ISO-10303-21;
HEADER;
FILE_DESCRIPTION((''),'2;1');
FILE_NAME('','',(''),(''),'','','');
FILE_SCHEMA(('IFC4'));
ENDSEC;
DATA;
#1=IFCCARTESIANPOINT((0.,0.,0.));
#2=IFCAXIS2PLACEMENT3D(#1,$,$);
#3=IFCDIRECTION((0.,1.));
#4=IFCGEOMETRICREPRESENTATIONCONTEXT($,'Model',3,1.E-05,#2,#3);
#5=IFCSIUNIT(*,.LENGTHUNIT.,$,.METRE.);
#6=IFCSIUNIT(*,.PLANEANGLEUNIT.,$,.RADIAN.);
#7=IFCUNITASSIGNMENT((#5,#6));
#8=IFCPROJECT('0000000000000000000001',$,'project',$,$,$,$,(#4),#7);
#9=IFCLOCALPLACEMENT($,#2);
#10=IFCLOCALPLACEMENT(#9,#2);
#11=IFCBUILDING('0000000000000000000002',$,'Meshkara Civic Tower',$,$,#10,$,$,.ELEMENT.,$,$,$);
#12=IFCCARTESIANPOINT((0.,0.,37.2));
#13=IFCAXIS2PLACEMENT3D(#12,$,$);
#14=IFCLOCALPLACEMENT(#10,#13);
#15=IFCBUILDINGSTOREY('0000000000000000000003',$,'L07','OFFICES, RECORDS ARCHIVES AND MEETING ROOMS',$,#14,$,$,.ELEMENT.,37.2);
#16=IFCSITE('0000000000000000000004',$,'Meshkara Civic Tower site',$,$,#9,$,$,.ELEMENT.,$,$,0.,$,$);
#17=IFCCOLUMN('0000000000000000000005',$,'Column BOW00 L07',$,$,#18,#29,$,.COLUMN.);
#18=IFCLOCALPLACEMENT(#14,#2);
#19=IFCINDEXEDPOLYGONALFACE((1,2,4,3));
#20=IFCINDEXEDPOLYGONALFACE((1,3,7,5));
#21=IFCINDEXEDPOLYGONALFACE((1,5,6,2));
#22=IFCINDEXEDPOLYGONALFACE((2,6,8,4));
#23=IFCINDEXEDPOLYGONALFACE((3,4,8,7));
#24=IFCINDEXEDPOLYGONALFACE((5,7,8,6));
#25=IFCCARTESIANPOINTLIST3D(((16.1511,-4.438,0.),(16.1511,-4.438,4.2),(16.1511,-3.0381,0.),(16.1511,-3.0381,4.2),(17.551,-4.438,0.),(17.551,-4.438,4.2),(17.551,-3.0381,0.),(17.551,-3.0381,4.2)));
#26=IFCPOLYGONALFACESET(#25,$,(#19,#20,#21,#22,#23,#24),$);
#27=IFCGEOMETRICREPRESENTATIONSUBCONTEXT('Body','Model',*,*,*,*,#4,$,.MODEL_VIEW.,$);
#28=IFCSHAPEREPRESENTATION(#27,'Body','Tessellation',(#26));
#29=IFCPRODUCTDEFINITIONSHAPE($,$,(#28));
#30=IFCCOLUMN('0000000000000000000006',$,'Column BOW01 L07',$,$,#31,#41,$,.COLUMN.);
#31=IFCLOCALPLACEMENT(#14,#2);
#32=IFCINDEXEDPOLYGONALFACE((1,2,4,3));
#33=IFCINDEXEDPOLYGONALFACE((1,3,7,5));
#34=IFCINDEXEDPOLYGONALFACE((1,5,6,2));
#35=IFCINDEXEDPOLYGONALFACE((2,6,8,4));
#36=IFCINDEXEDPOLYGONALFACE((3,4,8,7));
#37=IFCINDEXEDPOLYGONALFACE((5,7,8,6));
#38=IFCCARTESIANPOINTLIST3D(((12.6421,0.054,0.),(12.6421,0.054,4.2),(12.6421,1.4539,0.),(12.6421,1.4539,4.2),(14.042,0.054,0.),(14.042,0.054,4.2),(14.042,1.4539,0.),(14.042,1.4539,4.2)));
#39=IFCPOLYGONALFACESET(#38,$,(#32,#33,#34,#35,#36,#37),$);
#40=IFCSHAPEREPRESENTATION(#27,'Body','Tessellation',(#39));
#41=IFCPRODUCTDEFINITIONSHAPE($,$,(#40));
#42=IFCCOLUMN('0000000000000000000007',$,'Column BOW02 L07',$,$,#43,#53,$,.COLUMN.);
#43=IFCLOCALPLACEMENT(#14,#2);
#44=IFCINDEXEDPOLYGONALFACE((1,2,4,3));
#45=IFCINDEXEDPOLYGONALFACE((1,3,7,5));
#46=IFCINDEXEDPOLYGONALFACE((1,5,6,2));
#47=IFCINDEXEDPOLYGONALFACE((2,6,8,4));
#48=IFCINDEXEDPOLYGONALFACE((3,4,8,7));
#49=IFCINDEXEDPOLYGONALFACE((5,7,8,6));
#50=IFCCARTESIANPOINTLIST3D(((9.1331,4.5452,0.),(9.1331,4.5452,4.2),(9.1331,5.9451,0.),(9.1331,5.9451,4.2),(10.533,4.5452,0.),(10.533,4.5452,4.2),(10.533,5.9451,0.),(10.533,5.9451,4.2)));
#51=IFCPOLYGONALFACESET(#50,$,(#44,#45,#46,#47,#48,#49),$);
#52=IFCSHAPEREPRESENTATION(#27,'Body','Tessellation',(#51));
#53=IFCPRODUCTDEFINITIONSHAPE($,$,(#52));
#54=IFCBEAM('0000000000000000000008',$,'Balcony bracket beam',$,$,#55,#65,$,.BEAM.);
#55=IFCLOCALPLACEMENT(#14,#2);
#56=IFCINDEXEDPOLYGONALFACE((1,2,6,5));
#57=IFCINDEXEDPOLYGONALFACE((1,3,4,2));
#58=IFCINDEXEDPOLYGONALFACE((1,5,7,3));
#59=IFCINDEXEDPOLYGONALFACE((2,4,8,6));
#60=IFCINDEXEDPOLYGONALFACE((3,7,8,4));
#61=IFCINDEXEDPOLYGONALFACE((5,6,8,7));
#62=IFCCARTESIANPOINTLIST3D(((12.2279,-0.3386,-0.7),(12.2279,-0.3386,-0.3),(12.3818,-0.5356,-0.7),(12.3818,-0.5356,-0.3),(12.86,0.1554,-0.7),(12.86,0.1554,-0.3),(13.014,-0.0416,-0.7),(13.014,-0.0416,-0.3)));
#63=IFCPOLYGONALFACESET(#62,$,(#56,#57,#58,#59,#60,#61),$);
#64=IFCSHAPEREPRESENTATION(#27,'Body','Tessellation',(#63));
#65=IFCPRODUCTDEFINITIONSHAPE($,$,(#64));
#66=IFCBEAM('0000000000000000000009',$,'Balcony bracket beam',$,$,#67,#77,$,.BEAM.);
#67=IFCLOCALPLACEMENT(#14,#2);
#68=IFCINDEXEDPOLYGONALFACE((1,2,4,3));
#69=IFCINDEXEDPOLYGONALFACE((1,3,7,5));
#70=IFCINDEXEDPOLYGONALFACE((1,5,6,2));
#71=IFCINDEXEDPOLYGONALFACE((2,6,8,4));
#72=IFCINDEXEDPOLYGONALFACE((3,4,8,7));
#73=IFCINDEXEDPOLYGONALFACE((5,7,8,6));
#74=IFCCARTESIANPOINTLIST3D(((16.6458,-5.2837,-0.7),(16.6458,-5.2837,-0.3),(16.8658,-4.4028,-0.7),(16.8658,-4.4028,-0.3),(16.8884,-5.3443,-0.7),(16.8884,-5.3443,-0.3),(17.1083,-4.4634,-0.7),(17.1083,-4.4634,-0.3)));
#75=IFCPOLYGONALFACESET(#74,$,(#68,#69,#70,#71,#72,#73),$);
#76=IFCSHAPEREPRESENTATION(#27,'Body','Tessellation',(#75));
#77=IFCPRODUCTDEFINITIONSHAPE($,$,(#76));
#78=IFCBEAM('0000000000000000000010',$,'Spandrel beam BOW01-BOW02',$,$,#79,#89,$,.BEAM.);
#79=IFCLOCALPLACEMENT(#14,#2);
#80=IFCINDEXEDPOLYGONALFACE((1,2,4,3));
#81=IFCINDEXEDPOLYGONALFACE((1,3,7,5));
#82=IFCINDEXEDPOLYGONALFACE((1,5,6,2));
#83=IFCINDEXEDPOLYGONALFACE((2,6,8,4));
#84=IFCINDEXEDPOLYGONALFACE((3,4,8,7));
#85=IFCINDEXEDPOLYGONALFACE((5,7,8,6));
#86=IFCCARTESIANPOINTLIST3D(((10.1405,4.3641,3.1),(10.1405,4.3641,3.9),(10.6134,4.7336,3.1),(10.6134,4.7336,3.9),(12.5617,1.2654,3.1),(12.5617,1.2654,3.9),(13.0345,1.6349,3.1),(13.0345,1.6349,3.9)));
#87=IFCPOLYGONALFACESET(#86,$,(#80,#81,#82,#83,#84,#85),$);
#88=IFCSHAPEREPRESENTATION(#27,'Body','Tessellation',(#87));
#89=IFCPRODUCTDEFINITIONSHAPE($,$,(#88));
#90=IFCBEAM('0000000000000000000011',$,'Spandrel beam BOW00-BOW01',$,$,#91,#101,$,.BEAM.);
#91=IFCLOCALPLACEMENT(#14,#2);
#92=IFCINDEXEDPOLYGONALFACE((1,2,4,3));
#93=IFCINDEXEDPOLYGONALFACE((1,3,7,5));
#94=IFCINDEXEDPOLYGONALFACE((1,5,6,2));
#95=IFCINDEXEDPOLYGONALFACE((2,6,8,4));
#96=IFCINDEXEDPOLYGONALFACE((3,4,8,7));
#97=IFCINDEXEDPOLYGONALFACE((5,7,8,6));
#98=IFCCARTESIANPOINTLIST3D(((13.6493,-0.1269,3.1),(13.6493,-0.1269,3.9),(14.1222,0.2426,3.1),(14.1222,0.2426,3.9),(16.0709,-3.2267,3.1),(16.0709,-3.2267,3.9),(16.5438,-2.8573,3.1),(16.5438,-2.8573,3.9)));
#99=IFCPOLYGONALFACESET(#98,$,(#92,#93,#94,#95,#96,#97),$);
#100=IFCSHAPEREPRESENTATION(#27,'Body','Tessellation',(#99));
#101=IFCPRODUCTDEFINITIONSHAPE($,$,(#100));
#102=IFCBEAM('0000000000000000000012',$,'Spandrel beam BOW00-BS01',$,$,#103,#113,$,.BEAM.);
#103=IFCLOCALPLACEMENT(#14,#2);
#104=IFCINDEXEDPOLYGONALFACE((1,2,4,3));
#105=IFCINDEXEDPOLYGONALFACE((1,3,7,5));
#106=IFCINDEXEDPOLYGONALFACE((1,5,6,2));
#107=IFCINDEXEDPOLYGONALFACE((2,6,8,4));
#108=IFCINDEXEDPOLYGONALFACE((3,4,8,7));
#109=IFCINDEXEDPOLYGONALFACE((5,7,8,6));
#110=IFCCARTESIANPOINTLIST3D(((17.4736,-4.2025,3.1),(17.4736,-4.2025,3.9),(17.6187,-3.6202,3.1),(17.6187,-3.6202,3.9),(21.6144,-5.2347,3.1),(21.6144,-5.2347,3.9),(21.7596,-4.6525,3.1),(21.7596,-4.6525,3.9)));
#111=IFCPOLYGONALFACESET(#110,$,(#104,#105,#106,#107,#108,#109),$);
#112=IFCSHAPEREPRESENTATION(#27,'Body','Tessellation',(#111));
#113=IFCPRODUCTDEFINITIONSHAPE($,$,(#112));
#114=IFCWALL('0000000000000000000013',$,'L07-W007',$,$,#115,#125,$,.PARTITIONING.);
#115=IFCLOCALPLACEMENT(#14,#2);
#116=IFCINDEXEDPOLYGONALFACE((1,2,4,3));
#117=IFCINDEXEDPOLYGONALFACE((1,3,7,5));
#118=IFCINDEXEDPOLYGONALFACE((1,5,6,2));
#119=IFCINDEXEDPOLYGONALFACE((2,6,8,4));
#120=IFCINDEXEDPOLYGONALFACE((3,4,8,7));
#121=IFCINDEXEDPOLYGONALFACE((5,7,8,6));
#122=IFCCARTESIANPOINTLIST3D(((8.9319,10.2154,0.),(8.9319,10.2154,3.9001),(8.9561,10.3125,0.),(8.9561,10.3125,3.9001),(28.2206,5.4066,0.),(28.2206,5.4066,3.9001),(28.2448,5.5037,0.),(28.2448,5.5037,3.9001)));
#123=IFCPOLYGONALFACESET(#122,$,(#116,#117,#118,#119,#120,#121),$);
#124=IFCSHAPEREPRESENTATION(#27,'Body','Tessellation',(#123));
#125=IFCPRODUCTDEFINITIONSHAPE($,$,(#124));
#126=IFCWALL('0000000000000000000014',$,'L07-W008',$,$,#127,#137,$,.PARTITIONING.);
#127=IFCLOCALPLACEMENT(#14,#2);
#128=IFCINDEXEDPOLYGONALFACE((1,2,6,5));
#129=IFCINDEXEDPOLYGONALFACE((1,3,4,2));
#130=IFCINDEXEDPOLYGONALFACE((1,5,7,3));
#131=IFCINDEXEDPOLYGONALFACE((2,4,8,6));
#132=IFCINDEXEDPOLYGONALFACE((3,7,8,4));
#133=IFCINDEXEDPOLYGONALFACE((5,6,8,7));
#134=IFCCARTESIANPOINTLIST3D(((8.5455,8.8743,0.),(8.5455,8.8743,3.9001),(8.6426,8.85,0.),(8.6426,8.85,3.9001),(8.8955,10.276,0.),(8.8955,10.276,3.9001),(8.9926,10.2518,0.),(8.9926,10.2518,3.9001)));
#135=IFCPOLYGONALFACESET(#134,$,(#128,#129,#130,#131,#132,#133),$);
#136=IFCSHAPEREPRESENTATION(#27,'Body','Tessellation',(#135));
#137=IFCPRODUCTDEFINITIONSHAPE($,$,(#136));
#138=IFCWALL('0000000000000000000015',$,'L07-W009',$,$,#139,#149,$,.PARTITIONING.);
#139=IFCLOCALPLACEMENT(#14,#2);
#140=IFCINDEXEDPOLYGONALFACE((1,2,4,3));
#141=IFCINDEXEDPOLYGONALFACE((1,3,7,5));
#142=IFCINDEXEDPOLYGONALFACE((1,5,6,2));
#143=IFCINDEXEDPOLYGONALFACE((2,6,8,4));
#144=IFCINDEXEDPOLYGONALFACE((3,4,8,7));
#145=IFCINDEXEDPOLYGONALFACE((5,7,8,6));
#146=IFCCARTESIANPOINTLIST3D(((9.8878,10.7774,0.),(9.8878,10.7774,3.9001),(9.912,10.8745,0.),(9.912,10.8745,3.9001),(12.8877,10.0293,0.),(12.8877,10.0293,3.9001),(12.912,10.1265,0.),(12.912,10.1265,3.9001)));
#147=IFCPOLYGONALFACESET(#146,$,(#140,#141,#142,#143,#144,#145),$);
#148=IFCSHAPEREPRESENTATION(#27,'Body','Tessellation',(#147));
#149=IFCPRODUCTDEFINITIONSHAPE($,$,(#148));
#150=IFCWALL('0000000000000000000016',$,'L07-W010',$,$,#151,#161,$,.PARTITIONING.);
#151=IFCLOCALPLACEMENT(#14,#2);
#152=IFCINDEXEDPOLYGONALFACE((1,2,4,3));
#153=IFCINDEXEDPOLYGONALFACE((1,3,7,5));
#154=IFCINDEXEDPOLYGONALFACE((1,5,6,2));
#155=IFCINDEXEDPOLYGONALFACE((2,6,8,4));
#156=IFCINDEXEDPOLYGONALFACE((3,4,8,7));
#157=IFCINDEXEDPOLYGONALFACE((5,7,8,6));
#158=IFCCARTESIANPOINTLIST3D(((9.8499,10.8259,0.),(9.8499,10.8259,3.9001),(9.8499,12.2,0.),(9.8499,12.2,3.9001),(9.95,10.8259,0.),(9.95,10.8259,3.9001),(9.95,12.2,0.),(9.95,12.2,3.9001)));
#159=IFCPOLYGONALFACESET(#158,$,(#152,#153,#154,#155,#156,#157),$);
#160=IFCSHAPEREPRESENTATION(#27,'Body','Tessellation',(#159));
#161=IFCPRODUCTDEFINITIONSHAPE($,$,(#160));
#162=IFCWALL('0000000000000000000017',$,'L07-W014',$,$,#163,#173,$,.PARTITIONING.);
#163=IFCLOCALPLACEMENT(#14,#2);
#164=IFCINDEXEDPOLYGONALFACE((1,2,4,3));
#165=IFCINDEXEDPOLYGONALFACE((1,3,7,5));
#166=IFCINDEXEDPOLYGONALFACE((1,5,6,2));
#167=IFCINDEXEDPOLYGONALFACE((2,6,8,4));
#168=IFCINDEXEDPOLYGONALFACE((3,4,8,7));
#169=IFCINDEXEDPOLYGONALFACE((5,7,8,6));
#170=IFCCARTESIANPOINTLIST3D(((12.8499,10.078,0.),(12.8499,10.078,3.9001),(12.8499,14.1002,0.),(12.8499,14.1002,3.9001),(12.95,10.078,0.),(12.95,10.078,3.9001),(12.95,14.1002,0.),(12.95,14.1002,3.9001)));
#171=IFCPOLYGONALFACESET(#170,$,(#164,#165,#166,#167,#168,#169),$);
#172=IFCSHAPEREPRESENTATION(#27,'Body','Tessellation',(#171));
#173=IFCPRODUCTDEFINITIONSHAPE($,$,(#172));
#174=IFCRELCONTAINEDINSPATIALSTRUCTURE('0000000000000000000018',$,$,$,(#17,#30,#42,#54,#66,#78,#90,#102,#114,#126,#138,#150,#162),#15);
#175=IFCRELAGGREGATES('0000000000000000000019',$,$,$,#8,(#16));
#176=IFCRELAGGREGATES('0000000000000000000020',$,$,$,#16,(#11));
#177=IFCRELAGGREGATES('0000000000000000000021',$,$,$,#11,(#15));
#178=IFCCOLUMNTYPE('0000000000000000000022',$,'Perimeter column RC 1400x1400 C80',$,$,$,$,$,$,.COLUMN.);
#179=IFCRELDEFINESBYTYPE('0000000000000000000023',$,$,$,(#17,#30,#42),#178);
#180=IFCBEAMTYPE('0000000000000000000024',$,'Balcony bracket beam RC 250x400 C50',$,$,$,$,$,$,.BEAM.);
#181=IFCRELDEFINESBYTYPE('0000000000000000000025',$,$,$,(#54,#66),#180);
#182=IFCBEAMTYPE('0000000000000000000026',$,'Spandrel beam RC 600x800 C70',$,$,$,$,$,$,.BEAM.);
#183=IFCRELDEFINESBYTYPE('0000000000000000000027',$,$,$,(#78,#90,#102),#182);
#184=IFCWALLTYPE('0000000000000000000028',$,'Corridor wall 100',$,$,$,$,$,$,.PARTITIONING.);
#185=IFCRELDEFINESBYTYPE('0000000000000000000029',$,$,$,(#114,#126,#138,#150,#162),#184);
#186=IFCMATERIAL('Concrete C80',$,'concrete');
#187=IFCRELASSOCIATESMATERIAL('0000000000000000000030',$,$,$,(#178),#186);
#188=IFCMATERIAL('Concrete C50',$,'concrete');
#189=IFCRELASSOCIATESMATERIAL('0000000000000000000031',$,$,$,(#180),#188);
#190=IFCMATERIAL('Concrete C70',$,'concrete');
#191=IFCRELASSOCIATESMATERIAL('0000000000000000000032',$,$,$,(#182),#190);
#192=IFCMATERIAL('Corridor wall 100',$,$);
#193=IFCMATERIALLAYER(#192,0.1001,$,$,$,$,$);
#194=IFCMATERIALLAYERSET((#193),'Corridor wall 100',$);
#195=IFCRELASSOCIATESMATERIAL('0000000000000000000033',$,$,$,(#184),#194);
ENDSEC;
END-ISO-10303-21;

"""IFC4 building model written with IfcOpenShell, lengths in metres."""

from ifc_helpers import new_model, si_unit, direction, frame, frame_2d, origin, origin_2d, place, context, subcontext, project, spatial, rectangle, extrude, material, layer, layer_set, material_profile, profile_set, type_object, element, save


model = new_model("IFC4")

# Units and contexts
model_context = context("Model", 3, precision=1e-05, world=origin(), true_north=direction((0.0, 1.0)))
body_context = subcontext(model_context, "Body", "Model", "MODEL_VIEW")
ifc_project = project(units=[si_unit("LENGTHUNIT", "METRE"), si_unit("PLANEANGLEUNIT", "RADIAN")], contexts=[model_context])

# Site, building, storey
site_placement = place(None, origin())
site = spatial("IfcSite", under=ifc_project, at=site_placement, Name="Meshkara Civic Tower site", CompositionType="ELEMENT", RefElevation=0.0)
building_placement = place(site_placement, origin())
building = spatial("IfcBuilding", under=site, at=building_placement, Name="Meshkara Civic Tower", CompositionType="ELEMENT")
storey_placement = place(building_placement, frame((0.0, 0.0, 37.2)))
storey = spatial("IfcBuildingStorey", under=building, at=storey_placement, Name="L07", Description="OFFICES, RECORDS ARCHIVES AND MEETING ROOMS", CompositionType="ELEMENT", Elevation=37.2)

# Columns
ifc_material_1 = material(Name="Concrete C80", Category="concrete")
ifc_material_profile_1 = material_profile(ifc_material_1, rectangle(XDim=1.3999, YDim=1.3999, at=origin_2d()))
ifc_profile_set_1 = profile_set([ifc_material_profile_1], Name="Concrete C80")
column_type = type_object("IfcColumnType", Name="Perimeter column RC 1400x1400 C80", PredefinedType="COLUMN", material=ifc_profile_set_1)
for number, where, z_axis, x_axis, name in (
    (1, (16.8511, -3.738, 0.0), (0.0, 0.0, 1.0), (1.0, 0.0, 0.0), "Column BOW00 L07"),
    (2, (13.342, 0.7539, 0.0), (0.0, 0.0, 1.0), (1.0, 0.0, 0.0), "Column BOW01 L07"),
    (3, (9.833, 5.2451, 0.0), (0.0, 0.0, 1.0), (1.0, 0.0, 0.0), "Column BOW02 L07"),
):
    element("IfcColumn", number, at=place(storey_placement, frame(where, z_axis=z_axis, x_axis=x_axis)), inside=storey, type_object=column_type, Name=name, PredefinedType="COLUMN", context=body_context, shape_type="SweptSolid", body=[
        extrude(rectangle(XDim=1.3999, YDim=1.3999, at=origin_2d()), origin(), (0.0, 0.0, 1.0), 4.2),
    ])

# Beams
ifc_material_2 = material(Name="Concrete C50", Category="concrete")
ifc_material_profile_2 = material_profile(ifc_material_2, rectangle(XDim=0.25, YDim=0.3999, at=origin_2d()))
ifc_profile_set_2 = profile_set([ifc_material_profile_2], Name="Concrete C50")
beam_type_1 = type_object("IfcBeamType", Name="Balcony bracket beam RC 250x400 C50", PredefinedType="BEAM", material=ifc_profile_set_2)
beam_1_placement = place(storey_placement, frame((12.937, 0.0569, -0.5), z_axis=(-0.787974, -0.615709, 0.0), x_axis=(0.615709, -0.787974, 0.0)))
element("IfcBeam", 4, at=beam_1_placement, inside=storey, type_object=beam_type_1, Name="Balcony bracket beam", PredefinedType="BEAM", context=body_context, shape_type="SweptSolid", body=[
    extrude(rectangle(XDim=0.25, YDim=0.3999, at=origin_2d()), origin(), (0.0, 0.0, 1.0), 0.8022),
])
beam_2_placement = place(storey_placement, frame((16.9871, -4.4331, -0.5), z_axis=(-0.242283, -0.970206, 0.0), x_axis=(0.970206, -0.242283, 0.0)))
element("IfcBeam", 5, at=beam_2_placement, inside=storey, type_object=beam_type_1, Name="Balcony bracket beam", PredefinedType="BEAM", context=body_context, shape_type="SweptSolid", body=[
    extrude(rectangle(XDim=0.25, YDim=0.3999, at=origin_2d()), origin(), (0.0, 0.0, 1.0), 0.908),
])
ifc_material_3 = material(Name="Concrete C70", Category="concrete")
ifc_material_profile_3 = material_profile(ifc_material_3, rectangle(XDim=0.6001, YDim=0.8, at=origin_2d()))
ifc_profile_set_3 = profile_set([ifc_material_profile_3], Name="Concrete C70")
beam_type_2 = type_object("IfcBeamType", Name="Spandrel beam RC 600x800 C70", PredefinedType="BEAM", material=ifc_profile_set_3)
beam_3_placement = place(storey_placement, frame((10.377, 4.5488, 3.5), z_axis=(0.615697, -0.787983, 0.0), x_axis=(0.787983, 0.615697, 0.0)))
element("IfcBeam", 6, at=beam_3_placement, inside=storey, type_object=beam_type_2, Name="Spandrel beam BOW01-BOW02", PredefinedType="BEAM", context=body_context, shape_type="SweptSolid", body=[
    extrude(rectangle(XDim=0.6001, YDim=0.8, at=origin_2d()), origin(), (0.0, 0.0, 1.0), 3.9324),
])
beam_4_placement = place(storey_placement, frame((13.8857, 0.0579, 3.5), z_axis=(0.615624, -0.78804, 0.0), x_axis=(0.78804, 0.615624, 0.0)))
element("IfcBeam", 7, at=beam_4_placement, inside=storey, type_object=beam_type_2, Name="Spandrel beam BOW00-BOW01", PredefinedType="BEAM", context=body_context, shape_type="SweptSolid", body=[
    extrude(rectangle(XDim=0.6001, YDim=0.8, at=origin_2d()), origin(), (0.0, 0.0, 1.0), 3.9336),
])
beam_5_placement = place(storey_placement, frame((17.5461, -3.9114, 3.5), z_axis=(0.970307, -0.241876, 0.0), x_axis=(0.241876, 0.970307, 0.0)))
element("IfcBeam", 8, at=beam_5_placement, inside=storey, type_object=beam_type_2, Name="Spandrel beam BOW00-BS01", PredefinedType="BEAM", context=body_context, shape_type="SweptSolid", body=[
    extrude(rectangle(XDim=0.6001, YDim=0.8, at=origin_2d()), origin(), (0.0, 0.0, 1.0), 4.2676),
])

# Walls
ifc_material_4 = material(Name="Corridor wall 100")
ifc_layer_1 = layer(ifc_material_4, 0.1001)
ifc_layer_set_1 = layer_set([ifc_layer_1], Name="Corridor wall 100")
wall_type_1 = type_object("IfcWallType", Name="Corridor wall 100", PredefinedType="PARTITIONING", material=ifc_layer_set_1)
wall_1_placement = place(storey_placement, frame((8.9441, 10.2639, 0.0), z_axis=(0.0, 0.0, 1.0), x_axis=(0.970301, -0.241903, 0.0)))
element("IfcWall", 9, at=wall_1_placement, inside=storey, type_object=wall_type_1, Name="L07-W007", PredefinedType="PARTITIONING", context=body_context, shape_type="SweptSolid", body=[
    extrude(rectangle(XDim=19.8792, YDim=0.1001, at=frame_2d((9.9395, 0.0))), origin(), (0.0, 0.0, 1.0), 3.9001),
])
wall_2_placement = place(storey_placement, frame((8.9441, 10.2639, 0.0), z_axis=(0.0, 0.0, 1.0), x_axis=(-0.242297, -0.970202, 0.0)))
element("IfcWall", 10, at=wall_2_placement, inside=storey, type_object=wall_type_1, Name="L07-W008", PredefinedType="PARTITIONING", context=body_context, shape_type="SweptSolid", body=[
    extrude(rectangle(XDim=1.4448, YDim=0.1001, at=frame_2d((0.7224, 0.0))), origin(), (0.0, 0.0, 1.0), 3.9001),
])
wall_3_placement = place(storey_placement, frame((9.8999, 10.8259, 0.0), z_axis=(0.0, 0.0, 1.0), x_axis=(0.970291, -0.241941, 0.0)))
element("IfcWall", 11, at=wall_3_placement, inside=storey, type_object=wall_type_1, Name="L07-W009", PredefinedType="PARTITIONING", context=body_context, shape_type="SweptSolid", body=[
    extrude(rectangle(XDim=3.0918, YDim=0.1001, at=frame_2d((1.5459, 0.0))), origin(), (0.0, 0.0, 1.0), 3.9001),
])
wall_4_placement = place(storey_placement, frame((9.8999, 12.2, 0.0), z_axis=(0.0, 0.0, 1.0), x_axis=(0.0, -1.0, 0.0)))
element("IfcWall", 12, at=wall_4_placement, inside=storey, type_object=wall_type_1, Name="L07-W010", PredefinedType="PARTITIONING", context=body_context, shape_type="SweptSolid", body=[
    extrude(rectangle(XDim=1.374, YDim=0.1001, at=frame_2d((0.687, 0.0))), origin(), (0.0, 0.0, 1.0), 3.9001),
])
wall_5_placement = place(storey_placement, frame((12.8999, 10.0779, 0.0), z_axis=(0.0, 0.0, 1.0), x_axis=(0.0, 1.0, 0.0)))
element("IfcWall", 13, at=wall_5_placement, inside=storey, type_object=wall_type_1, Name="L07-W014", PredefinedType="PARTITIONING", context=body_context, shape_type="SweptSolid", body=[
    extrude(rectangle(XDim=4.0222, YDim=0.1001, at=frame_2d((2.0112, 0.0))), origin(), (0.0, 0.0, 1.0), 3.9001),
])

save(model, "model.ifc")
